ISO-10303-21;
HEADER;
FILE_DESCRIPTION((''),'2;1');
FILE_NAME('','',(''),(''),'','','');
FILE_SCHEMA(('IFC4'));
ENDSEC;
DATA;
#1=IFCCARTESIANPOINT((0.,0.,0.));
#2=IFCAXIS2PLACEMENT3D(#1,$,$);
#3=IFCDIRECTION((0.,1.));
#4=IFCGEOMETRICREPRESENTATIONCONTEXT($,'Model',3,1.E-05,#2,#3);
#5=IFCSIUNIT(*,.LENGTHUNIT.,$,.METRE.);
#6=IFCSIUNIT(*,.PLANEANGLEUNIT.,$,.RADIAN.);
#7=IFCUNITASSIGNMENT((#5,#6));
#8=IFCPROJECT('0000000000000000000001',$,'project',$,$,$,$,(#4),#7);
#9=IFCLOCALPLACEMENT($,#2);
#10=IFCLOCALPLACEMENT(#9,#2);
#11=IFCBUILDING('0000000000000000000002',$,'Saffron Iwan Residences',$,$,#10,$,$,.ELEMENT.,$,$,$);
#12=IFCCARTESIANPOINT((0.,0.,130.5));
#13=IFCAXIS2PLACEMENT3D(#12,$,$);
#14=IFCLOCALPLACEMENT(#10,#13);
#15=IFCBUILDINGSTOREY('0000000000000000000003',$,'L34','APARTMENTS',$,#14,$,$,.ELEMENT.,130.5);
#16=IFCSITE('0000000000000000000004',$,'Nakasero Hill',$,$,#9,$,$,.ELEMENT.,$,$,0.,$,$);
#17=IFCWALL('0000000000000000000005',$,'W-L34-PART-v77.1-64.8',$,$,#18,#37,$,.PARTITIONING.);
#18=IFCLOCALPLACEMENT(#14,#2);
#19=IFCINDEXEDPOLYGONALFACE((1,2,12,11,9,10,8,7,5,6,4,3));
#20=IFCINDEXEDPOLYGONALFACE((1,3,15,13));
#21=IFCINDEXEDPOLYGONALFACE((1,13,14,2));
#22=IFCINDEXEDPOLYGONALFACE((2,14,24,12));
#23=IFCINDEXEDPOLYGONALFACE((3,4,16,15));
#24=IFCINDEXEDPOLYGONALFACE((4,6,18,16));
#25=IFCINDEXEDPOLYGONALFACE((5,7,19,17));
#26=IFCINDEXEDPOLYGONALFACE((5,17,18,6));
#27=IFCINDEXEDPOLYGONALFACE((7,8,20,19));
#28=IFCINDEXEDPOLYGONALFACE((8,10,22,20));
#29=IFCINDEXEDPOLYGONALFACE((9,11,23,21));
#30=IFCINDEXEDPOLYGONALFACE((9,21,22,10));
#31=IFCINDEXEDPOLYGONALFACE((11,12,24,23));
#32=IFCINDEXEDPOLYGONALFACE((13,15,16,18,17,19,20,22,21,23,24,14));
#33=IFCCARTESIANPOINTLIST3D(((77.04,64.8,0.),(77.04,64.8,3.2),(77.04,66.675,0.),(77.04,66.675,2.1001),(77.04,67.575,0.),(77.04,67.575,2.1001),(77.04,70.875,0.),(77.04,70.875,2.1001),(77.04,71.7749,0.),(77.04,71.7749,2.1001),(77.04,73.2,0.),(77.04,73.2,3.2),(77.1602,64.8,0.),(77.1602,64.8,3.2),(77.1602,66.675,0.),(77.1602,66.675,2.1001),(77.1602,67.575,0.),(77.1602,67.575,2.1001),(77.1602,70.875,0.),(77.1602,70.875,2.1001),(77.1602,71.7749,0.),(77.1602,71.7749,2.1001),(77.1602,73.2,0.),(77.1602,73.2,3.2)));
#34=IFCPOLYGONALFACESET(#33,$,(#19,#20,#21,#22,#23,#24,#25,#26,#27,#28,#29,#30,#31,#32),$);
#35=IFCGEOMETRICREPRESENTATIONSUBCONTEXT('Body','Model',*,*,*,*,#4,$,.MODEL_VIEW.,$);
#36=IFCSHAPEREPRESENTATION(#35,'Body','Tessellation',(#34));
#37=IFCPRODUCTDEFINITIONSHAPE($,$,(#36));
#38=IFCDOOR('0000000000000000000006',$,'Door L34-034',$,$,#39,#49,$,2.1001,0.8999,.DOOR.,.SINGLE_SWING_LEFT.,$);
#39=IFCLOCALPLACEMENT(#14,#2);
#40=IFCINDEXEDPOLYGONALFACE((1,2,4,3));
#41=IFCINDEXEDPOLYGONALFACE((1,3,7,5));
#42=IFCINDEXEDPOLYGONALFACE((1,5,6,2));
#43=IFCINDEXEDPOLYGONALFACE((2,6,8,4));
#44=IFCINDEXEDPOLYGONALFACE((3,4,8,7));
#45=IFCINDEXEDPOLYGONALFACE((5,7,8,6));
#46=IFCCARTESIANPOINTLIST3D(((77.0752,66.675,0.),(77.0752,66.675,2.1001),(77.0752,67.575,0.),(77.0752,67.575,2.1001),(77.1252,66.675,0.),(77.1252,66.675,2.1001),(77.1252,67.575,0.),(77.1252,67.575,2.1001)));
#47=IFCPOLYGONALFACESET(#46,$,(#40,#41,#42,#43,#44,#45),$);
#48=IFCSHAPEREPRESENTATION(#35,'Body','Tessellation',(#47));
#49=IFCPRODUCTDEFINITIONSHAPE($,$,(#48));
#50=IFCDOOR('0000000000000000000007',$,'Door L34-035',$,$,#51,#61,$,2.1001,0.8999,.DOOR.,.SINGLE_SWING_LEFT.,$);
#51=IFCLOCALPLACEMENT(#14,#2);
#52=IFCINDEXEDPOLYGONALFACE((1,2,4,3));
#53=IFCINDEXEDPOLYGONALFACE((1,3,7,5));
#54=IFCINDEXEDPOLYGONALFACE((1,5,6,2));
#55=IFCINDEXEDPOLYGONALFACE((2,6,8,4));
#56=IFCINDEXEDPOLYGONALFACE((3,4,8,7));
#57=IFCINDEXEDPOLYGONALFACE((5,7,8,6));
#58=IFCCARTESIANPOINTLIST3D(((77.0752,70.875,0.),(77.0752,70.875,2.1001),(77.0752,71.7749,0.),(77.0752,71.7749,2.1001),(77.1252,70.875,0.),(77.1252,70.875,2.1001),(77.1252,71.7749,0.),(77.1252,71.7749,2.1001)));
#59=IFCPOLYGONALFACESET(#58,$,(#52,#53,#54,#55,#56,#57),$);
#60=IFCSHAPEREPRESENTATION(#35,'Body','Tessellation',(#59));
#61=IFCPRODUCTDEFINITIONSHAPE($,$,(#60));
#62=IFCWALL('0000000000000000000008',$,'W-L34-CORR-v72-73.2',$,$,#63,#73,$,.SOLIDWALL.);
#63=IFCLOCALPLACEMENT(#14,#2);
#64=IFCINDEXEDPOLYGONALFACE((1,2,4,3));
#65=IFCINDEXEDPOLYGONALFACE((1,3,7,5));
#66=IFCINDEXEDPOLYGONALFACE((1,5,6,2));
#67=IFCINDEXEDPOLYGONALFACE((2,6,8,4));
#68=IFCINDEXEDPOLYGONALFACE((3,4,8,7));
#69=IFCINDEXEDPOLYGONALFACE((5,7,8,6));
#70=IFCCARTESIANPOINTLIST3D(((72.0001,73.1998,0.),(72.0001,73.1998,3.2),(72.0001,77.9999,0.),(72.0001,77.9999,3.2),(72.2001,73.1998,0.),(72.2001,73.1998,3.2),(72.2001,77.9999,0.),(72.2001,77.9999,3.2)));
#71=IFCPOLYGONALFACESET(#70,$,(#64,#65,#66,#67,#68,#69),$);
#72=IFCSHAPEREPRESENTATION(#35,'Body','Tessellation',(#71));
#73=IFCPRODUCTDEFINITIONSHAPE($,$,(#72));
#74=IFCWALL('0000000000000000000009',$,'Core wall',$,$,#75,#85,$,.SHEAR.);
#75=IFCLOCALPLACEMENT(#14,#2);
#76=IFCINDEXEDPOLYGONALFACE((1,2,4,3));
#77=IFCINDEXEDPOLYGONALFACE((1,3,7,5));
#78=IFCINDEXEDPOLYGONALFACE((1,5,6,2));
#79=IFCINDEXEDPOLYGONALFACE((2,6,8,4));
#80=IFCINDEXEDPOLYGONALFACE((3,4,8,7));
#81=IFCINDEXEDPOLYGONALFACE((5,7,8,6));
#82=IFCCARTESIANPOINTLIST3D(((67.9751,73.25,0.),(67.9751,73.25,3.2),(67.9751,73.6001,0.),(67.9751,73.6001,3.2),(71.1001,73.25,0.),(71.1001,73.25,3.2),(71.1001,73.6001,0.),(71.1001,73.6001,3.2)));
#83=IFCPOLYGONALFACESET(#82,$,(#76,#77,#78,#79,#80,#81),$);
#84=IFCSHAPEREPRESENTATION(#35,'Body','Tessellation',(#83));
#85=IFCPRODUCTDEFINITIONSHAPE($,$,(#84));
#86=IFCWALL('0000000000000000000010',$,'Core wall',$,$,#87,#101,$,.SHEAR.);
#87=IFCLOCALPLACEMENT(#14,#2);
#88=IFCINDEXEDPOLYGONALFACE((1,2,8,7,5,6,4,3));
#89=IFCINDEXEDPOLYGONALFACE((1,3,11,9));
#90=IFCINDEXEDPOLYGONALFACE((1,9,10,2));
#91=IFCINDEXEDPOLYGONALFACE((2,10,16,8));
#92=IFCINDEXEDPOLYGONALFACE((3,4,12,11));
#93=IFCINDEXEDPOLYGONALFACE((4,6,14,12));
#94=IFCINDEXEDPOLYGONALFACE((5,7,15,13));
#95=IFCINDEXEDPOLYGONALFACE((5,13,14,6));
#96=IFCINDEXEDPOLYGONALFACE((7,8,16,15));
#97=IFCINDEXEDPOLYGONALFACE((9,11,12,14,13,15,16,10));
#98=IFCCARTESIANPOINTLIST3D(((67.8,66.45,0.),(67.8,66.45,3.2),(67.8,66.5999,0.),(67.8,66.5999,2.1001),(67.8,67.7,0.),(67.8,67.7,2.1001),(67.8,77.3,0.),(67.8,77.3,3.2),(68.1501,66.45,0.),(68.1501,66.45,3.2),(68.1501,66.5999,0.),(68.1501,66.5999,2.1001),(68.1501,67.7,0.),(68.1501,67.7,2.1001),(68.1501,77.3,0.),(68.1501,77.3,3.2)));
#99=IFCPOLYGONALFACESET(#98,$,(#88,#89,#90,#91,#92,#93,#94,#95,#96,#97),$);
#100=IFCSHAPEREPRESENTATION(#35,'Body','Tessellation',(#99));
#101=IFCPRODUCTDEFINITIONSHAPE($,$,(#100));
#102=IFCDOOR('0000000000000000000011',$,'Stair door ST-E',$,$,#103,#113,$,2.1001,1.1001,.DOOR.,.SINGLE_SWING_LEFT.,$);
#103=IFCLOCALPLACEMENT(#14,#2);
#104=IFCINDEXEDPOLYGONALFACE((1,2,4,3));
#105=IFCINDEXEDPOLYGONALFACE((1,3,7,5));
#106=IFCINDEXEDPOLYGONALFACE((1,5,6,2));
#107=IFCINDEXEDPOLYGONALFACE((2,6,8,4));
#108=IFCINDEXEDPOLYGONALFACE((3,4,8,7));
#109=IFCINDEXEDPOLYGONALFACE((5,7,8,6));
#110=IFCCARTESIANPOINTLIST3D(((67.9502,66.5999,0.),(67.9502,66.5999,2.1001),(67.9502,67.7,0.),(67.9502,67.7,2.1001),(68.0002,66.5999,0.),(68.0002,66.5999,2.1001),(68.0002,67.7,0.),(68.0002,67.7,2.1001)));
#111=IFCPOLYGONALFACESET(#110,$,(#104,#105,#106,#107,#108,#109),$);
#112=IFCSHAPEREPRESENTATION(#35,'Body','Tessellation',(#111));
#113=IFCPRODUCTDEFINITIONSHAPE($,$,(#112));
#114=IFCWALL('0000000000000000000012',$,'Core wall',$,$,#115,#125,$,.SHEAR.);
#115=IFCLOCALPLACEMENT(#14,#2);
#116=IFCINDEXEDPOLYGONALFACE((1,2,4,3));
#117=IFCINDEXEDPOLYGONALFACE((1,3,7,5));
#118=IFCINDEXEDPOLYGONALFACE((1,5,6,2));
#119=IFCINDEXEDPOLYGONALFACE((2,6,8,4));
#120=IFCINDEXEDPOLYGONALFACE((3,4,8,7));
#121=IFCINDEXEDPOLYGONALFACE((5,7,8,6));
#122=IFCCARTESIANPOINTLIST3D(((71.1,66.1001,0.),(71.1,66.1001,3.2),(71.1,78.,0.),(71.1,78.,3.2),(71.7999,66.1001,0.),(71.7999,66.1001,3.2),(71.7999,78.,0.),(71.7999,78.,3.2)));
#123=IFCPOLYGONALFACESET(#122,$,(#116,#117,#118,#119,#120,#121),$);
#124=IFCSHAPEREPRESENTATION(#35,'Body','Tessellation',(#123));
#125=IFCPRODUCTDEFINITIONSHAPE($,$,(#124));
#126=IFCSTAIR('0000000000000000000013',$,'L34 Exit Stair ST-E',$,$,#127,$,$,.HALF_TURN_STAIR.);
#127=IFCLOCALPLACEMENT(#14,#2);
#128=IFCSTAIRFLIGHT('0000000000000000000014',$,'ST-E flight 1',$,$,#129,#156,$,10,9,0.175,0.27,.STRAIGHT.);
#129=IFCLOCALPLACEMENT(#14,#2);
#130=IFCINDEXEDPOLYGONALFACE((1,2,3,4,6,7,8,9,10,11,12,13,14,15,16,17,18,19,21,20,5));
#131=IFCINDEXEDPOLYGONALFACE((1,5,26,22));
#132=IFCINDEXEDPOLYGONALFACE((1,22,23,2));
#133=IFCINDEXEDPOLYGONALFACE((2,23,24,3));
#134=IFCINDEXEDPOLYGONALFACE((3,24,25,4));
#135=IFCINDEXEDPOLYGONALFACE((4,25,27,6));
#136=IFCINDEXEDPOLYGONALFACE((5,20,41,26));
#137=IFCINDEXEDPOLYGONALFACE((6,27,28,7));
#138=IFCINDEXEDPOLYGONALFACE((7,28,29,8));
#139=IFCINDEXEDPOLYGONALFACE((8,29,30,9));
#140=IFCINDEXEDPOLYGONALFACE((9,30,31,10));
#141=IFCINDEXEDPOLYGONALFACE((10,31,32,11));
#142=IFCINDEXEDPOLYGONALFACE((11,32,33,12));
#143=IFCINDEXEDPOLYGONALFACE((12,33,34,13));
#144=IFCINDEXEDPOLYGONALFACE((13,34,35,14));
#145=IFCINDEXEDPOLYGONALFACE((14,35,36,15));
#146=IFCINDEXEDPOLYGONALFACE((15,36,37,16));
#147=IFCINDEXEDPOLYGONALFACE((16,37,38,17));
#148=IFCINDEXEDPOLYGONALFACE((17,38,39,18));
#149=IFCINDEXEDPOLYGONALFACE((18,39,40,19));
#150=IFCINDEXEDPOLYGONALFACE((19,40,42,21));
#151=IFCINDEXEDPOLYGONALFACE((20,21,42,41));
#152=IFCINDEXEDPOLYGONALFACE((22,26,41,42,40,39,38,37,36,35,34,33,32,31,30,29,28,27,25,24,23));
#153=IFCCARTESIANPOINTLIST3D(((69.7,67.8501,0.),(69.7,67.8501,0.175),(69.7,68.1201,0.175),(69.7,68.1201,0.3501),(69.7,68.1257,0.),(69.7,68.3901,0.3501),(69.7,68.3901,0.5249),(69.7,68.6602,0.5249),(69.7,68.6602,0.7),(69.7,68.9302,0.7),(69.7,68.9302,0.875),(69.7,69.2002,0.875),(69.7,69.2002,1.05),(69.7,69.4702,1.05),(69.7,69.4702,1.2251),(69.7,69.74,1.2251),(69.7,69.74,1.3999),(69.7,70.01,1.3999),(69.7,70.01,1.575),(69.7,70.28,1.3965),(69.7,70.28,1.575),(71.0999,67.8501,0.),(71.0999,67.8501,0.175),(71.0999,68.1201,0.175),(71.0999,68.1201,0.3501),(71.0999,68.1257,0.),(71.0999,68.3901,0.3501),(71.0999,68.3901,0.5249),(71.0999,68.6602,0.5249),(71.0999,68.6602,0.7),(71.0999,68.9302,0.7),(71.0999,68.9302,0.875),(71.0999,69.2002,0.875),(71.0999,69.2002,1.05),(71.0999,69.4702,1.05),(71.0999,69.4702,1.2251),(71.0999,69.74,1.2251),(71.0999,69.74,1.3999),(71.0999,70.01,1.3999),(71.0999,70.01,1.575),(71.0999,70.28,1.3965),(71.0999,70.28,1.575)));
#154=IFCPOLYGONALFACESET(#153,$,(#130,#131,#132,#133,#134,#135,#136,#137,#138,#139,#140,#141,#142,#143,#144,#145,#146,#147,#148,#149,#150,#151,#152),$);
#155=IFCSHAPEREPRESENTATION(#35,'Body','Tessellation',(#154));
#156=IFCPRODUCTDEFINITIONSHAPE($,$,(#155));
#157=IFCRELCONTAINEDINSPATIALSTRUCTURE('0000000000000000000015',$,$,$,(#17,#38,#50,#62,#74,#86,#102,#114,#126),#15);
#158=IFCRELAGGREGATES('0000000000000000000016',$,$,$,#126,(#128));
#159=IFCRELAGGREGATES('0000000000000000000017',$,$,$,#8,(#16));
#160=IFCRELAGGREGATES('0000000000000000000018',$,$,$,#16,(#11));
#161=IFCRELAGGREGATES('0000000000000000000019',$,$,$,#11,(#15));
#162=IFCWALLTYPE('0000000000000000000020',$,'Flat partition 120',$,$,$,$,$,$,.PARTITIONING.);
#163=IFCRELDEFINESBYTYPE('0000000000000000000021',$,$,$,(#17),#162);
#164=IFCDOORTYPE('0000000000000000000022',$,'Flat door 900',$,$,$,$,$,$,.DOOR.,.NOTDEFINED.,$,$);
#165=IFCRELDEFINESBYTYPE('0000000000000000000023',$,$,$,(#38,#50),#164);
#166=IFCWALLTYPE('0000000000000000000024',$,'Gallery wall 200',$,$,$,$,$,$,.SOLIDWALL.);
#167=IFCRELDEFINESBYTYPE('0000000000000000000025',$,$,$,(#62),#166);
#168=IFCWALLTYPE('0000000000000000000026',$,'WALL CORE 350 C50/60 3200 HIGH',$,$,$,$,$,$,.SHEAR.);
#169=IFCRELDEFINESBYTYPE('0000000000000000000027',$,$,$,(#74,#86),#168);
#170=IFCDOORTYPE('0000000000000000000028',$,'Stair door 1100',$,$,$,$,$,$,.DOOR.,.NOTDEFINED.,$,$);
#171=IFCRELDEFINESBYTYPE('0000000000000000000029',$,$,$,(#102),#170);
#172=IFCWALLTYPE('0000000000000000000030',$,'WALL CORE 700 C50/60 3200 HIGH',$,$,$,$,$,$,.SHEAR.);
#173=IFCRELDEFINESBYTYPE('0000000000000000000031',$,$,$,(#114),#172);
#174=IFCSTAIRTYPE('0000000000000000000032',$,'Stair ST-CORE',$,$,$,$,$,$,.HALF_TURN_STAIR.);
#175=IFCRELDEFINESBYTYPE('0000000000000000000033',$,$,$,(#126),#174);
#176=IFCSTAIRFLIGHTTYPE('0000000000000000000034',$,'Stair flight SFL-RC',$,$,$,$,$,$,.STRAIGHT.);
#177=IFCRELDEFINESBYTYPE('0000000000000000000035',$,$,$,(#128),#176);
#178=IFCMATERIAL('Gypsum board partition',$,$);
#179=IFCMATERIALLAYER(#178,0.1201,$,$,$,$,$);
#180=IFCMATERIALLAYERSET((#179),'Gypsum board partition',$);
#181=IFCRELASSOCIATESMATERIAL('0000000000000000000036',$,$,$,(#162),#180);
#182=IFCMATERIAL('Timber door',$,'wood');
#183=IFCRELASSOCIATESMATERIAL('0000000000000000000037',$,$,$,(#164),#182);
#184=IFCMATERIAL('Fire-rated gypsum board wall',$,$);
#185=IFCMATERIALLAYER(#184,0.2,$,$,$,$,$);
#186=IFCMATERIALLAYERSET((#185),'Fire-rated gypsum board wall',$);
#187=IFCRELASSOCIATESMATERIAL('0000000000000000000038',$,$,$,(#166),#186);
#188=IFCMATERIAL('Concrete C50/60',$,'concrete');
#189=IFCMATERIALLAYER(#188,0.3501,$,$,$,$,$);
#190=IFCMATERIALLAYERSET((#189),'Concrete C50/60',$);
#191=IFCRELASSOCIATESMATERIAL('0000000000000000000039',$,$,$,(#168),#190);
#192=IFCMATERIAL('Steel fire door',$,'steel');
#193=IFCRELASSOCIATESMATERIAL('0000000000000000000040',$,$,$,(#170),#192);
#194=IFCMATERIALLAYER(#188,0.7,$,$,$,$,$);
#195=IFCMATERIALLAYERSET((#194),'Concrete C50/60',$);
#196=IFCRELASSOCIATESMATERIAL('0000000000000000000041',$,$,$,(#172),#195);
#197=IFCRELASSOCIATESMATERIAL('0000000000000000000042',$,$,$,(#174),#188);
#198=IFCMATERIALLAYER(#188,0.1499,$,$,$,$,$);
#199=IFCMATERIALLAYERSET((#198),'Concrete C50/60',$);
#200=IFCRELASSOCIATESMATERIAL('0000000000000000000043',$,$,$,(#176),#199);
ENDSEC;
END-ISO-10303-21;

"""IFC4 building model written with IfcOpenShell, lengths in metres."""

from ifc_helpers import new_model, si_unit, direction, frame, frame_2d, origin, place, context, subcontext, project, spatial, polyline, rectangle, outline, extrude, material, layer, layer_set, type_object, element, fill, aggregate, save


model = new_model("IFC4")

# Units and contexts
model_context = context("Model", 3, precision=1e-05, world=origin(), true_north=direction((0.0, 1.0)))
body_context = subcontext(model_context, "Body", "Model", "MODEL_VIEW")
ifc_project = project(units=[si_unit("LENGTHUNIT", "METRE"), si_unit("PLANEANGLEUNIT", "RADIAN")], contexts=[model_context])

# Site, building, storey
site_placement = place(None, origin())
site = spatial("IfcSite", under=ifc_project, at=site_placement, Name="Nakasero Hill", CompositionType="ELEMENT", RefElevation=0.0)
building_placement = place(site_placement, origin())
building = spatial("IfcBuilding", under=site, at=building_placement, Name="Saffron Iwan Residences", CompositionType="ELEMENT")
storey_placement = place(building_placement, frame((0.0, 0.0, 130.5)))
storey = spatial("IfcBuildingStorey", under=building, at=storey_placement, Name="L34", Description="APARTMENTS", CompositionType="ELEMENT", Elevation=130.5)

# Shared definitions
ifc_material_1 = material(Name="Concrete C50/60", Category="concrete")

# Shared definitions
ifc_material_2 = material(Name="Fire-rated gypsum board wall")
ifc_material_3 = material(Name="Gypsum board partition")
ifc_layer_1 = layer(ifc_material_3, 0.1201)
ifc_layer_set_1 = layer_set([ifc_layer_1], Name="Gypsum board partition")
wall_type_1 = type_object("IfcWallType", Name="Flat partition 120", PredefinedType="PARTITIONING", material=ifc_layer_set_1)

# Shared definitions
ifc_material_4 = material(Name="Timber door", Category="wood")

# Shared definitions
door_type_1 = type_object("IfcDoorType", Name="Flat door 900", OperationType="NOTDEFINED", PredefinedType="DOOR", material=ifc_material_4)

# Wall, openings, doors
wall_1_placement = place(storey_placement, frame((77.1001, 64.8, 0.0), z_axis=(0.0, 0.0, 1.0), x_axis=(0.0, 1.0, 0.0)))
wall_1 = element("IfcWall", 1, at=wall_1_placement, inside=storey, type_object=wall_type_1, Name="W-L34-PART-v77.1-64.8", PredefinedType="PARTITIONING", context=body_context, shape_type="SweptSolid", body=[
    extrude(rectangle(XDim=8.3999, YDim=0.1201, at=frame_2d((4.2, 0.0))), origin(), (0.0, 0.0, 1.0), 3.2),
])
opening_1_placement = place(wall_1_placement, frame((1.875, 0.0, 0.0)))
opening_1 = element("IfcOpeningElement", 2, at=opening_1_placement, cuts=wall_1, PredefinedType="OPENING", context=body_context, shape_type="SweptSolid", body=[
    extrude(rectangle(XDim=0.8999, YDim=2.1001, at=frame_2d((0.45, 1.05))), frame((0.0, 0.0701, 0.0), z_axis=(0.0, -1.0, 0.0), x_axis=(1.0, 0.0, 0.0)), (0.0, 0.0, 1.0), 0.1401),
])
opening_2_placement = place(wall_1_placement, frame((6.075, 0.0, 0.0)))
opening_2 = element("IfcOpeningElement", 3, at=opening_2_placement, cuts=wall_1, PredefinedType="OPENING", context=body_context, shape_type="SweptSolid", body=[
    extrude(rectangle(XDim=0.8999, YDim=2.1001, at=frame_2d((0.45, 1.05))), frame((0.0, 0.0701, 0.0), z_axis=(0.0, -1.0, 0.0), x_axis=(1.0, 0.0, 0.0)), (0.0, 0.0, 1.0), 0.1401),
])
door_1_placement = place(opening_1_placement, origin())
door_1 = element("IfcDoor", 4, at=door_1_placement, inside=storey, type_object=door_type_1, Name="Door L34-034", OperationType="SINGLE_SWING_LEFT", OverallHeight=2.1001, OverallWidth=0.8999, PredefinedType="DOOR", context=body_context, shape_type="SweptSolid", body=[
    extrude(rectangle(XDim=0.8999, YDim=2.1001, at=frame_2d((0.45, 1.05))), frame((0.0, 0.0249, 0.0), z_axis=(0.0, -1.0, 0.0), x_axis=(1.0, 0.0, 0.0)), (0.0, 0.0, 1.0), 0.05),
])
fill(opening_1, door_1)
door_2_placement = place(opening_2_placement, origin())
door_2 = element("IfcDoor", 5, at=door_2_placement, inside=storey, type_object=door_type_1, Name="Door L34-035", OperationType="SINGLE_SWING_LEFT", OverallHeight=2.1001, OverallWidth=0.8999, PredefinedType="DOOR", context=body_context, shape_type="SweptSolid", body=[
    extrude(rectangle(XDim=0.8999, YDim=2.1001, at=frame_2d((0.45, 1.05))), frame((0.0, 0.0249, 0.0), z_axis=(0.0, -1.0, 0.0), x_axis=(1.0, 0.0, 0.0)), (0.0, 0.0, 1.0), 0.05),
])
fill(opening_2, door_2)

# Walls
ifc_layer_2 = layer(ifc_material_2, 0.2)
ifc_layer_set_2 = layer_set([ifc_layer_2], Name="Fire-rated gypsum board wall")
wall_type_2 = type_object("IfcWallType", Name="Gallery wall 200", PredefinedType="SOLIDWALL", material=ifc_layer_set_2)
wall_2_placement = place(storey_placement, frame((72.1001, 73.2, 0.0), z_axis=(0.0, 0.0, 1.0), x_axis=(0.0, 1.0, 0.0)))
element("IfcWall", 6, at=wall_2_placement, inside=storey, type_object=wall_type_2, Name="W-L34-CORR-v72-73.2", PredefinedType="SOLIDWALL", context=body_context, shape_type="SweptSolid", body=[
    extrude(rectangle(XDim=4.8, YDim=0.2, at=frame_2d((2.3999, 0.0))), origin(), (0.0, 0.0, 1.0), 3.2),
])
ifc_layer_3 = layer(ifc_material_1, 0.3501)
ifc_layer_set_3 = layer_set([ifc_layer_3], Name="Concrete C50/60")
wall_type_3 = type_object("IfcWallType", Name="WALL CORE 350 C50/60 3200 HIGH", PredefinedType="SHEAR", material=ifc_layer_set_3)
wall_3_placement = place(storey_placement, frame((67.9751, 73.425, 0.0), z_axis=(0.0, 0.0, 1.0), x_axis=(1.0, 0.0, 0.0)))
element("IfcWall", 7, at=wall_3_placement, inside=storey, type_object=wall_type_3, Name="Core wall", PredefinedType="SHEAR", context=body_context, shape_type="SweptSolid", body=[
    extrude(rectangle(XDim=3.125, YDim=0.3501, at=frame_2d((1.5625, 0.0))), origin(), (0.0, 0.0, 1.0), 3.2),
])

# Wall, opening, door
wall_4_placement = place(storey_placement, frame((67.9751, 66.45, 0.0), z_axis=(0.0, 0.0, 1.0), x_axis=(0.0, 1.0, 0.0)))
wall_4 = element("IfcWall", 8, at=wall_4_placement, inside=storey, type_object=wall_type_3, Name="Core wall", PredefinedType="SHEAR", context=body_context, shape_type="SweptSolid", body=[
    extrude(rectangle(XDim=10.8501, YDim=0.3501, at=frame_2d((5.425, 0.0))), origin(), (0.0, 0.0, 1.0), 3.2),
])
opening_3_placement = place(wall_4_placement, frame((0.1499, 0.0, 0.0)))
opening_3 = element("IfcOpeningElement", 9, at=opening_3_placement, cuts=wall_4, PredefinedType="OPENING", context=body_context, shape_type="SweptSolid", body=[
    extrude(rectangle(XDim=1.1001, YDim=2.1001, at=frame_2d((0.55, 1.05))), frame((0.0, 0.1851, 0.0), z_axis=(0.0, -1.0, 0.0), x_axis=(1.0, 0.0, 0.0)), (0.0, 0.0, 1.0), 0.3701),
])
ifc_material_5 = material(Name="Steel fire door", Category="steel")
door_type_2 = type_object("IfcDoorType", Name="Stair door 1100", OperationType="NOTDEFINED", PredefinedType="DOOR", material=ifc_material_5)
door_3_placement = place(opening_3_placement, origin())
door_3 = element("IfcDoor", 10, at=door_3_placement, inside=storey, type_object=door_type_2, Name="Stair door ST-E", OperationType="SINGLE_SWING_LEFT", OverallHeight=2.1001, OverallWidth=1.1001, PredefinedType="DOOR", context=body_context, shape_type="SweptSolid", body=[
    extrude(rectangle(XDim=1.1001, YDim=2.1001, at=frame_2d((0.55, 1.05))), frame((0.0, 0.0249, 0.0), z_axis=(0.0, -1.0, 0.0), x_axis=(1.0, 0.0, 0.0)), (0.0, 0.0, 1.0), 0.05),
])
fill(opening_3, door_3)

# Wall
ifc_layer_4 = layer(ifc_material_1, 0.7)
ifc_layer_set_4 = layer_set([ifc_layer_4], Name="Concrete C50/60")
wall_type_4 = type_object("IfcWallType", Name="WALL CORE 700 C50/60 3200 HIGH", PredefinedType="SHEAR", material=ifc_layer_set_4)
wall_5_placement = place(storey_placement, frame((71.45, 66.1001, 0.0), z_axis=(0.0, 0.0, 1.0), x_axis=(0.0, 1.0, 0.0)))
element("IfcWall", 11, at=wall_5_placement, inside=storey, type_object=wall_type_4, Name="Core wall", PredefinedType="SHEAR", context=body_context, shape_type="SweptSolid", body=[
    extrude(rectangle(XDim=11.8999, YDim=0.7, at=frame_2d((5.95, 0.0))), origin(), (0.0, 0.0, 1.0), 3.2),
])

# Stair, stair flight
stair_type = type_object("IfcStairType", Name="Stair ST-CORE", PredefinedType="HALF_TURN_STAIR", material=ifc_material_1)
stair_placement = place(storey_placement, origin())
stair = element("IfcStair", 12, at=stair_placement, inside=storey, type_object=stair_type, Name="L34 Exit Stair ST-E", PredefinedType="HALF_TURN_STAIR")
ifc_layer_5 = layer(ifc_material_1, 0.1499)
ifc_layer_set_5 = layer_set([ifc_layer_5], Name="Concrete C50/60")
stair_flight_type = type_object("IfcStairFlightType", Name="Stair flight SFL-RC", PredefinedType="STRAIGHT", material=ifc_layer_set_5)
stair_flight_1_placement = place(storey_placement, frame((70.3999, 67.8501, 0.0), z_axis=(0.0, 0.0, 1.0), x_axis=(0.0, 1.0, 0.0)))
stair_flight_1 = element("IfcStairFlight", 13, at=stair_flight_1_placement, type_object=stair_flight_type, Name="ST-E flight 1", NumberOfRisers=10, NumberOfTreads=9, PredefinedType="STRAIGHT", RiserHeight=0.175, TreadLength=0.27, context=body_context, shape_type="SweptSolid", body=[
    extrude(outline(polyline([(0.0, 0.0), (0.0, 0.175), (0.27, 0.175), (0.27, 0.3501), (0.54, 0.3501), (0.54, 0.5249), (0.8101, 0.5249), (0.8101, 0.7), (1.0801, 0.7), (1.0801, 0.875), (1.3501, 0.875), (1.3501, 1.05), (1.6201, 1.05), (1.6201, 1.2251), (1.8899, 1.2251), (1.8899, 1.3999), (2.1599, 1.3999), (2.1599, 1.575), (2.4299, 1.575), (2.4299, 1.75), (2.4299, 1.3965), (0.2756, 0.0), (0.0, 0.0)])), frame((0.0, 0.7, 0.0), z_axis=(0.0, -1.0, 0.0), x_axis=(1.0, 0.0, 0.0)), (0.0, 0.0, 1.0), 1.3999),
])
aggregate(stair, [stair_flight_1])

save(model, "model.ifc")
